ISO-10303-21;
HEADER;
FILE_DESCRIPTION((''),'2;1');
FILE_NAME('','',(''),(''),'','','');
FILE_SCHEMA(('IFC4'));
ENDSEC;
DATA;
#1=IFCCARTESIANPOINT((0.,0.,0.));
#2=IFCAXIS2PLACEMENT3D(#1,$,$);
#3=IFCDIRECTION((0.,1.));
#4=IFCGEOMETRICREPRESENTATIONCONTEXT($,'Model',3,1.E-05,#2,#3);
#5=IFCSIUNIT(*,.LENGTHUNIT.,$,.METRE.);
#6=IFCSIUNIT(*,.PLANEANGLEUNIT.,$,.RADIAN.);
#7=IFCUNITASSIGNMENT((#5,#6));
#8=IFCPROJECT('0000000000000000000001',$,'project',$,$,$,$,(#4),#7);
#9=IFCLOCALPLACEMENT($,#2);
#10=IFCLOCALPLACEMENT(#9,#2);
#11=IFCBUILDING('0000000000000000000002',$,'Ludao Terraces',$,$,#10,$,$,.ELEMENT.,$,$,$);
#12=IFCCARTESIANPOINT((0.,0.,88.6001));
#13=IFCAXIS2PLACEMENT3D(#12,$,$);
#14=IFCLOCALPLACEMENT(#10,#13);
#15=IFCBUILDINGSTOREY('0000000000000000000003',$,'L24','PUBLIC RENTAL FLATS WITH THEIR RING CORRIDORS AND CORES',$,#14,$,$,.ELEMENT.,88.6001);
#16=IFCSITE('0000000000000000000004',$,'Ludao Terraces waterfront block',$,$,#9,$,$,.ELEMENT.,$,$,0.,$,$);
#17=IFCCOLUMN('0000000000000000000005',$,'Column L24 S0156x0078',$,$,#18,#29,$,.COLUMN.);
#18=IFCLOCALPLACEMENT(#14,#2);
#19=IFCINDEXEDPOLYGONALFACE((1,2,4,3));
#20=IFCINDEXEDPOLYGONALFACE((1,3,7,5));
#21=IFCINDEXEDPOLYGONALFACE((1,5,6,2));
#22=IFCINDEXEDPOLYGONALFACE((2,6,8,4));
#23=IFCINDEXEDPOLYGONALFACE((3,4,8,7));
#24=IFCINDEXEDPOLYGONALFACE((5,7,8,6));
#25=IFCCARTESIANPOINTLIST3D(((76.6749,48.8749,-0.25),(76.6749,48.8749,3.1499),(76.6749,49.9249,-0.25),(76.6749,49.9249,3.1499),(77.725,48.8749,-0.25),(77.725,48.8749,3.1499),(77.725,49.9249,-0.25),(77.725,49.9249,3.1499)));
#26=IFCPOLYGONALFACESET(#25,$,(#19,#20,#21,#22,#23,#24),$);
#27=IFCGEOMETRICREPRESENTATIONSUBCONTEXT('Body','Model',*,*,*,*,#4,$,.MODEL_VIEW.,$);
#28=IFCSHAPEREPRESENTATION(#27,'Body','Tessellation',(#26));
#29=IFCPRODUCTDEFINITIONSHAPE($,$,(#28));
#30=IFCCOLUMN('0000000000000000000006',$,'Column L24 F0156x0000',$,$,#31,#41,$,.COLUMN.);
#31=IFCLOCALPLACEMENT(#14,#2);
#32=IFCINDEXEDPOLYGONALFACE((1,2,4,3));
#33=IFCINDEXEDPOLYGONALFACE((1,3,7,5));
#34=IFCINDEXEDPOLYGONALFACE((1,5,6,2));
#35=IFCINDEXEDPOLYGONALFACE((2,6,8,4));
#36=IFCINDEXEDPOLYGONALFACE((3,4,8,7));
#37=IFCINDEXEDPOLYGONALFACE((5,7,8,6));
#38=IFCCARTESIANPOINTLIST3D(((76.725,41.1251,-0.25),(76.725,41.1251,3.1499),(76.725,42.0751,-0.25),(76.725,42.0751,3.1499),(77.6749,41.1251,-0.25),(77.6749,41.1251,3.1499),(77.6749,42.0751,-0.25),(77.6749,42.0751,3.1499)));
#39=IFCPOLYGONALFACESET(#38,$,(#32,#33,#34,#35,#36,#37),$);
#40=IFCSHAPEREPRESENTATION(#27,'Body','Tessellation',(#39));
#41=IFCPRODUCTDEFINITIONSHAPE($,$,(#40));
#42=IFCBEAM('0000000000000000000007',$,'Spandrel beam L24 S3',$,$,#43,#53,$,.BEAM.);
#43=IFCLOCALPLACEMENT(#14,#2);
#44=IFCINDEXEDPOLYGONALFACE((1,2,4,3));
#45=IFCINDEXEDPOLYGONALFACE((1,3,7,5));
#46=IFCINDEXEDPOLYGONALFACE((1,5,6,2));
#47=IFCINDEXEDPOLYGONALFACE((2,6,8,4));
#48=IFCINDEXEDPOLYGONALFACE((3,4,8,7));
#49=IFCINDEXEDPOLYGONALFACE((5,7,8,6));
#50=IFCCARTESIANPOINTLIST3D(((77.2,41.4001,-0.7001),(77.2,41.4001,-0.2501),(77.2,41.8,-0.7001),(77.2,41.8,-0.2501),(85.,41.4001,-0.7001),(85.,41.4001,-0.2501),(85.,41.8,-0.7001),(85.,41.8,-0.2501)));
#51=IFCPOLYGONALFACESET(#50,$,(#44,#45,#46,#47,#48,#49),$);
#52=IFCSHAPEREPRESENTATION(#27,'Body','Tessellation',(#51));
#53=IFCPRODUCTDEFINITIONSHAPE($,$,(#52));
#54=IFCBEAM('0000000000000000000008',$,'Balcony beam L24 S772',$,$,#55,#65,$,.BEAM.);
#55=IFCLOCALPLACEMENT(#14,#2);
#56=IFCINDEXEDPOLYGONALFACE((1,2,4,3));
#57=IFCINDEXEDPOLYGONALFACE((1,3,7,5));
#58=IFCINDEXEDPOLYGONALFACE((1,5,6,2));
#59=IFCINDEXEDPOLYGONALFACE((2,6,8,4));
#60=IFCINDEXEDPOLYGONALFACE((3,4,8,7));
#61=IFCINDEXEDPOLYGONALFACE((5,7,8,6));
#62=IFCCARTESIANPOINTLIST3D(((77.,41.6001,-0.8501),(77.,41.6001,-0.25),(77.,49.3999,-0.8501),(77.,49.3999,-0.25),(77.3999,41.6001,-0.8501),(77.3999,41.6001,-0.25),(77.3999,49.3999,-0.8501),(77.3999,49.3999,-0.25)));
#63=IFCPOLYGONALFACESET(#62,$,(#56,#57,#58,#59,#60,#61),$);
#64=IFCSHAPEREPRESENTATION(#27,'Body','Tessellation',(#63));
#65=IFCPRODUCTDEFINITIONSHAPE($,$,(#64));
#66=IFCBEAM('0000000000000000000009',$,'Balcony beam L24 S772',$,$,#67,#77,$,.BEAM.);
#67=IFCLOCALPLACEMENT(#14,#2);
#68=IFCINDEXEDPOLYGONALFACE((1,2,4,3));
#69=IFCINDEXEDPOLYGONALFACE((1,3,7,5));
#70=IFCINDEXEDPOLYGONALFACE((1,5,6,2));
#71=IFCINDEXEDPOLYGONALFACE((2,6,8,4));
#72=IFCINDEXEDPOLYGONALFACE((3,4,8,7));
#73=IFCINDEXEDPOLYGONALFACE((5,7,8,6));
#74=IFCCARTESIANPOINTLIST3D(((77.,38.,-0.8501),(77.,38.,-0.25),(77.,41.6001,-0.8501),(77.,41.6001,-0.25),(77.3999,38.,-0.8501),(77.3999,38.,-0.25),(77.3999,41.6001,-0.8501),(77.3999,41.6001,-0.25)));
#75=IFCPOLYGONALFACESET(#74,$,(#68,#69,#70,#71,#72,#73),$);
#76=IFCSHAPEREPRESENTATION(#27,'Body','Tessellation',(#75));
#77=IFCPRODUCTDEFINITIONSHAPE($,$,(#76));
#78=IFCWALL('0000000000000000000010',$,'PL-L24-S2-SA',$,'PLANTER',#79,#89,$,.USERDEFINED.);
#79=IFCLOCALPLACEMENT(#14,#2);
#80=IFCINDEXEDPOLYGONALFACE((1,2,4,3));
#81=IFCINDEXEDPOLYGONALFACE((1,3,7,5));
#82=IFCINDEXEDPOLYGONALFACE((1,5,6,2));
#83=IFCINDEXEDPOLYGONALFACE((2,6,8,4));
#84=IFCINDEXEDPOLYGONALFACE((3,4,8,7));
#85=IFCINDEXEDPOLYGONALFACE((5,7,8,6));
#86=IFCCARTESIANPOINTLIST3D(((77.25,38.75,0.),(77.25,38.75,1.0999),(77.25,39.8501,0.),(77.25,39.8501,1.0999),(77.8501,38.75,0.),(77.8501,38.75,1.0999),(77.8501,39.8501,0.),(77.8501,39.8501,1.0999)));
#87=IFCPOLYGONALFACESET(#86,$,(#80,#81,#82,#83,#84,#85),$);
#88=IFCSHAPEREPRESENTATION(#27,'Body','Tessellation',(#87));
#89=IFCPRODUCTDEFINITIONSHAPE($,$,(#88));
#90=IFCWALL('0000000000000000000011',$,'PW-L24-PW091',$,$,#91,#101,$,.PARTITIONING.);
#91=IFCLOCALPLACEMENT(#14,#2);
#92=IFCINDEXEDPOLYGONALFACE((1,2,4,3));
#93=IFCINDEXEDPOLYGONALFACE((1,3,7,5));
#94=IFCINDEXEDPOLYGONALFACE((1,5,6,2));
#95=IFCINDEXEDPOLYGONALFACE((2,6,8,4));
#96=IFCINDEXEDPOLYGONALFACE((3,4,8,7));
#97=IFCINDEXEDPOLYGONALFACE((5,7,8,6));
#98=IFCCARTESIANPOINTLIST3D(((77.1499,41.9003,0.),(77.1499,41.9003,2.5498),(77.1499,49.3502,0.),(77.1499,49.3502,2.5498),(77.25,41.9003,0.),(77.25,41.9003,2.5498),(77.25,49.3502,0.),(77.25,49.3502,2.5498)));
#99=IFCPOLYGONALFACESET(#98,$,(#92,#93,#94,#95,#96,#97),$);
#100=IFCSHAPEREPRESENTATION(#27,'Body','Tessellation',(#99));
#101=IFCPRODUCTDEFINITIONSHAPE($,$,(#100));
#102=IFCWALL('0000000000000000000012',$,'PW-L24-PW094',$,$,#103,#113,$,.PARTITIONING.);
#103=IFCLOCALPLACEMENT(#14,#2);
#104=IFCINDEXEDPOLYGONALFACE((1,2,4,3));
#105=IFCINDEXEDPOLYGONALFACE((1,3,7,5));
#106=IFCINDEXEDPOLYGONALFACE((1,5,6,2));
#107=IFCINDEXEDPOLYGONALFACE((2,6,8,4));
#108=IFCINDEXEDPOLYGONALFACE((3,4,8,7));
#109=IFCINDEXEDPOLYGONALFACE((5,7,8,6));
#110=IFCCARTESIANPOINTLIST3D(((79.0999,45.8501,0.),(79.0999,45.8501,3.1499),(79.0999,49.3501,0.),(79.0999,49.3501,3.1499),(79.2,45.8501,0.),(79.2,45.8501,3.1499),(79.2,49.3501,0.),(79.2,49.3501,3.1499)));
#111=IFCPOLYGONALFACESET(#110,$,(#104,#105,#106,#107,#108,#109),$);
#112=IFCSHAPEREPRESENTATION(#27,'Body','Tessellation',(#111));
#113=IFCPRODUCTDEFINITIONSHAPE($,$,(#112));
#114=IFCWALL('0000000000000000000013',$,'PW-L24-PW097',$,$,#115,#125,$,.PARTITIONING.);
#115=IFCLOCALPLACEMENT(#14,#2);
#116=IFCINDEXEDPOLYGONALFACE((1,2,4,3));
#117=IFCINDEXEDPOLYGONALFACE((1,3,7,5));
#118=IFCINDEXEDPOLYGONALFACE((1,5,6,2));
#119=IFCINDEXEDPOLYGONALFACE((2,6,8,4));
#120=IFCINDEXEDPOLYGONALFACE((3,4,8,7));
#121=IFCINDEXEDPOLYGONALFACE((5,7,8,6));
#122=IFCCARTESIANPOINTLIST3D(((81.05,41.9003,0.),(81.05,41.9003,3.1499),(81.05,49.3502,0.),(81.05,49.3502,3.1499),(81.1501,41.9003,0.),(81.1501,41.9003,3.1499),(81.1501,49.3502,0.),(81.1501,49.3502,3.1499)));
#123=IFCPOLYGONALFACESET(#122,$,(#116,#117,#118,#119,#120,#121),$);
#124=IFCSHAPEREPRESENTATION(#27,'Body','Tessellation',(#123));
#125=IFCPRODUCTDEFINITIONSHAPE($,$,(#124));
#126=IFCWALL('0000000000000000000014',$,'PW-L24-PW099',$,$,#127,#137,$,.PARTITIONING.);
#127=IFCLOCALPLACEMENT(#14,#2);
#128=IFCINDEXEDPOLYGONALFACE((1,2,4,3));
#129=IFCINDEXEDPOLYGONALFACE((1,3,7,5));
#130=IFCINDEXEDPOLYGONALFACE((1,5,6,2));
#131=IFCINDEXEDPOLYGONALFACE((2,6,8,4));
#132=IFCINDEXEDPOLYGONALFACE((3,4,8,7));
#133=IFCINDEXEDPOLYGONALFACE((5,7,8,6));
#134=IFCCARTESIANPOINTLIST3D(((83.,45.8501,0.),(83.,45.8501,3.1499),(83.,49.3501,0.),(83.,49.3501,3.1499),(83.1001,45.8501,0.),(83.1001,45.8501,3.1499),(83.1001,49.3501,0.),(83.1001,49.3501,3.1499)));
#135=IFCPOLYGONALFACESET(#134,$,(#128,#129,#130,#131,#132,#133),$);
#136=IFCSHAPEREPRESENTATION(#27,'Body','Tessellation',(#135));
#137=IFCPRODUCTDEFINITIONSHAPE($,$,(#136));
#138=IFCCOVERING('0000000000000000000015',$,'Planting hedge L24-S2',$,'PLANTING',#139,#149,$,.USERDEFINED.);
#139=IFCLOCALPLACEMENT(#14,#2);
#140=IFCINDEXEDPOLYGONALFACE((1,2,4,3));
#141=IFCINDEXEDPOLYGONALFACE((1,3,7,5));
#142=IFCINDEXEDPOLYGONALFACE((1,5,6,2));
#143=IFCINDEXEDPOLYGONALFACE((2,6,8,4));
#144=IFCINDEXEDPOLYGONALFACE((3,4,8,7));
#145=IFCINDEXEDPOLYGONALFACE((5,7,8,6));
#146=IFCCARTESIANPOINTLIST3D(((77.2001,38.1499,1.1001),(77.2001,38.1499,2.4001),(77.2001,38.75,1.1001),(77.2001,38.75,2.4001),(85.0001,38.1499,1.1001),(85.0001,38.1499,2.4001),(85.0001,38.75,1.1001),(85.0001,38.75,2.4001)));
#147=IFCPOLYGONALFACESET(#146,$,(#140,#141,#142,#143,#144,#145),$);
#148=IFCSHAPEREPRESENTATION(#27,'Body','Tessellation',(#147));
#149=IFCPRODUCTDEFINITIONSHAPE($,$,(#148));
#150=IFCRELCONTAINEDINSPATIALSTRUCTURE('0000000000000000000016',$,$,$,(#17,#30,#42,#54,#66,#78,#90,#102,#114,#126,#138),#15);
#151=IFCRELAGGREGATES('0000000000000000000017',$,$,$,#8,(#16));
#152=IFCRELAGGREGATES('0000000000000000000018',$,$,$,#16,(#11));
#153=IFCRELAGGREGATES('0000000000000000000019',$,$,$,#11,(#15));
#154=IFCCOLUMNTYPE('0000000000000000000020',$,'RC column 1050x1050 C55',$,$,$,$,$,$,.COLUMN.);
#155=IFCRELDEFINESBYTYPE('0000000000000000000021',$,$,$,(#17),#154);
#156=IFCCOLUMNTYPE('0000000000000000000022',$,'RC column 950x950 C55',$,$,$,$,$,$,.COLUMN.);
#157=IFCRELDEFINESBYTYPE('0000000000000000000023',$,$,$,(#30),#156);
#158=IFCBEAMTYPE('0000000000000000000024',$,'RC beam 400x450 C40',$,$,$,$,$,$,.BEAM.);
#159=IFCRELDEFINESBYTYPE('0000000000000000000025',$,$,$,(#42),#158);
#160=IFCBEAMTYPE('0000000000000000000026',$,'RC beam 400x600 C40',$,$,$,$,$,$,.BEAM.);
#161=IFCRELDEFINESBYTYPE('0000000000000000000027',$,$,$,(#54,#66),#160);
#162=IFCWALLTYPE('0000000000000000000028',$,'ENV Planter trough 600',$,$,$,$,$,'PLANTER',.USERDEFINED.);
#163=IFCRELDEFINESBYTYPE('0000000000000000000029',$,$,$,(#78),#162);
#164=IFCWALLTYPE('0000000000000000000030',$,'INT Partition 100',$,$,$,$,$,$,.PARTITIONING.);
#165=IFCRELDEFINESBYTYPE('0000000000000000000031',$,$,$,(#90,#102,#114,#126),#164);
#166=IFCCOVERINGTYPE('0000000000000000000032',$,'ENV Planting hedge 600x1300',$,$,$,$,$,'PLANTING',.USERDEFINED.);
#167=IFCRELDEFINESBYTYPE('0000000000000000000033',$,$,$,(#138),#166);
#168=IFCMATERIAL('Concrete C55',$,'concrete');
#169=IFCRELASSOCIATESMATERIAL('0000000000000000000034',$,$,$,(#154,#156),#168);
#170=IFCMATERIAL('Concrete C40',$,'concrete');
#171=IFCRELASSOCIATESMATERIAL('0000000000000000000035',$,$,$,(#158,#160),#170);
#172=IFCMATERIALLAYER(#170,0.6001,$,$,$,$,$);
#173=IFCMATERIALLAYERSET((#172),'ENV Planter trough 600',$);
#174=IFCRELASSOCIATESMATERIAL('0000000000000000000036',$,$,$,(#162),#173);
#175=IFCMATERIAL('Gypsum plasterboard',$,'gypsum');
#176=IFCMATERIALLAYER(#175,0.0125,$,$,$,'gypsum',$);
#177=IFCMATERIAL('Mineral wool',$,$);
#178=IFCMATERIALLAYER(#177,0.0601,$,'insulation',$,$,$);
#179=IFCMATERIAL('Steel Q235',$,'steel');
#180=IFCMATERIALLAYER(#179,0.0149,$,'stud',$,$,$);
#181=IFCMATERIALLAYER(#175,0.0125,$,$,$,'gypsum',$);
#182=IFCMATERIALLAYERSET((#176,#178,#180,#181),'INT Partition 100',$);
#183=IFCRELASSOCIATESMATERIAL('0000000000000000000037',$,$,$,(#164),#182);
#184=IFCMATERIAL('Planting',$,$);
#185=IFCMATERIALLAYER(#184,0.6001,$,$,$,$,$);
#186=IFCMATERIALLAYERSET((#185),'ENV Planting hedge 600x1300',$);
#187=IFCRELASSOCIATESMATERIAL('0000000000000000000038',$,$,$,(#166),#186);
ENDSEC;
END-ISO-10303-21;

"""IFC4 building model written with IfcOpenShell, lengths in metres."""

from ifc_helpers import new_model, si_unit, direction, frame, frame_2d, origin, origin_2d, place, context, subcontext, project, spatial, rectangle, extrude, material, layer, layer_set, material_profile, profile_set, type_object, element, save


model = new_model("IFC4")

# Units and contexts
model_context = context("Model", 3, precision=1e-05, world=origin(), true_north=direction((0.0, 1.0)))
body_context = subcontext(model_context, "Body", "Model", "MODEL_VIEW")
ifc_project = project(units=[si_unit("LENGTHUNIT", "METRE"), si_unit("PLANEANGLEUNIT", "RADIAN")], contexts=[model_context])

# Site, building, storey
site_placement = place(None, origin())
site = spatial("IfcSite", under=ifc_project, at=site_placement, Name="Ludao Terraces waterfront block", CompositionType="ELEMENT", RefElevation=0.0)
building_placement = place(site_placement, origin())
building = spatial("IfcBuilding", under=site, at=building_placement, Name="Ludao Terraces", CompositionType="ELEMENT")
storey_placement = place(building_placement, frame((0.0, 0.0, 88.6001)))
storey = spatial("IfcBuildingStorey", under=building, at=storey_placement, Name="L24", Description="PUBLIC RENTAL FLATS WITH THEIR RING CORRIDORS AND CORES", CompositionType="ELEMENT", Elevation=88.6001)

# Columns
ifc_material_1 = material(Name="Concrete C55", Category="concrete")
ifc_material_profile_1 = material_profile(ifc_material_1, rectangle(XDim=1.05, YDim=1.05, at=origin_2d()), Name="1050 X 1050")
ifc_profile_set_1 = profile_set([ifc_material_profile_1], Name="Concrete C55")
column_type_1 = type_object("IfcColumnType", Name="RC column 1050x1050 C55", PredefinedType="COLUMN", material=ifc_profile_set_1)
column_1_placement = place(storey_placement, frame((77.2, 49.3999, -0.25), z_axis=(0.0, 0.0, 1.0), x_axis=(1.0, 0.0, 0.0)))
element("IfcColumn", 1, at=column_1_placement, inside=storey, type_object=column_type_1, Name="Column L24 S0156x0078", PredefinedType="COLUMN", context=body_context, shape_type="SweptSolid", body=[
    extrude(rectangle(XDim=1.05, YDim=1.05, at=origin_2d()), origin(), (0.0, 0.0, 1.0), 3.3999),
])
ifc_material_profile_2 = material_profile(ifc_material_1, rectangle(XDim=0.95, YDim=0.95, at=origin_2d()), Name="950 X 950")
ifc_profile_set_2 = profile_set([ifc_material_profile_2], Name="Concrete C55")
column_type_2 = type_object("IfcColumnType", Name="RC column 950x950 C55", PredefinedType="COLUMN", material=ifc_profile_set_2)
column_2_placement = place(storey_placement, frame((77.2, 41.6001, -0.25), z_axis=(0.0, 0.0, 1.0), x_axis=(1.0, 0.0, 0.0)))
element("IfcColumn", 2, at=column_2_placement, inside=storey, type_object=column_type_2, Name="Column L24 F0156x0000", PredefinedType="COLUMN", context=body_context, shape_type="SweptSolid", body=[
    extrude(rectangle(XDim=0.95, YDim=0.95, at=origin_2d()), origin(), (0.0, 0.0, 1.0), 3.3999),
])

# Beams
ifc_material_2 = material(Name="Concrete C40", Category="concrete")
ifc_material_profile_3 = material_profile(ifc_material_2, rectangle(XDim=0.3999, YDim=0.45, at=origin_2d()), Name="400 X 450")
ifc_profile_set_3 = profile_set([ifc_material_profile_3], Name="Concrete C40")
beam_type_1 = type_object("IfcBeamType", Name="RC beam 400x450 C40", PredefinedType="BEAM", material=ifc_profile_set_3)
beam_1_placement = place(storey_placement, frame((77.2, 41.6001, -0.4751), z_axis=(1.0, 0.0, 0.0), x_axis=(0.0, 1.0, 0.0)))
element("IfcBeam", 3, at=beam_1_placement, inside=storey, type_object=beam_type_1, Name="Spandrel beam L24 S3", PredefinedType="BEAM", context=body_context, shape_type="SweptSolid", body=[
    extrude(rectangle(XDim=0.3999, YDim=0.45, at=origin_2d()), origin(), (0.0, 0.0, 1.0), 7.8),
])
ifc_material_profile_4 = material_profile(ifc_material_2, rectangle(XDim=0.3999, YDim=0.6001, at=origin_2d()), Name="400 X 600")
ifc_profile_set_4 = profile_set([ifc_material_profile_4], Name="Concrete C40")
beam_type_2 = type_object("IfcBeamType", Name="RC beam 400x600 C40", PredefinedType="BEAM", material=ifc_profile_set_4)
beam_2_placement = place(storey_placement, frame((77.2, 49.3999, -0.55), z_axis=(0.0, -1.0, 0.0), x_axis=(1.0, 0.0, 0.0)))
element("IfcBeam", 4, at=beam_2_placement, inside=storey, type_object=beam_type_2, Name="Balcony beam L24 S772", PredefinedType="BEAM", context=body_context, shape_type="SweptSolid", body=[
    extrude(rectangle(XDim=0.3999, YDim=0.6001, at=origin_2d()), origin(), (0.0, 0.0, 1.0), 7.7998),
])
beam_3_placement = place(storey_placement, frame((77.2, 41.6001, -0.55), z_axis=(0.0, -1.0, 0.0), x_axis=(1.0, 0.0, 0.0)))
element("IfcBeam", 5, at=beam_3_placement, inside=storey, type_object=beam_type_2, Name="Balcony beam L24 S772", PredefinedType="BEAM", context=body_context, shape_type="SweptSolid", body=[
    extrude(rectangle(XDim=0.3999, YDim=0.6001, at=origin_2d()), origin(), (0.0, 0.0, 1.0), 3.6001),
])

# Wall
ifc_layer_1 = layer(ifc_material_2, 0.6001)
ifc_layer_set_1 = layer_set([ifc_layer_1], Name="ENV Planter trough 600")
wall_type_1 = type_object("IfcWallType", Name="ENV Planter trough 600", ElementType="PLANTER", PredefinedType="USERDEFINED", material=ifc_layer_set_1)
wall_1_placement = place(storey_placement, frame((77.55, 38.75, 0.0), z_axis=(0.0, 0.0, 1.0), x_axis=(0.0, 1.0, 0.0)))
element("IfcWall", 6, at=wall_1_placement, inside=storey, type_object=wall_type_1, Name="PL-L24-S2-SA", ObjectType="PLANTER", PredefinedType="USERDEFINED", context=body_context, shape_type="SweptSolid", body=[
    extrude(rectangle(XDim=1.1001, YDim=0.6001, at=frame_2d((0.55, 0.0))), origin(), (0.0, 0.0, 1.0), 1.0999),
])

# Shared definitions
ifc_material_3 = material(Name="Mineral wool")

# Walls
ifc_material_4 = material(Name="Gypsum plasterboard", Category="gypsum")
ifc_layer_2 = layer(ifc_material_4, 0.0125, Category="gypsum")
ifc_layer_3 = layer(ifc_material_3, 0.0601, Name="insulation")
ifc_material_5 = material(Name="Steel Q235", Category="steel")
ifc_layer_4 = layer(ifc_material_5, 0.0149, Name="stud")
ifc_layer_5 = layer(ifc_material_4, 0.0125, Category="gypsum")
ifc_layer_set_2 = layer_set([ifc_layer_2, ifc_layer_3, ifc_layer_4, ifc_layer_5], Name="INT Partition 100")
wall_type_2 = type_object("IfcWallType", Name="INT Partition 100", PredefinedType="PARTITIONING", material=ifc_layer_set_2)
wall_2_placement = place(storey_placement, frame((77.2, 41.9001, 0.0), z_axis=(0.0, 0.0, 1.0), x_axis=(0.0, 1.0, 0.0)))
element("IfcWall", 7, at=wall_2_placement, inside=storey, type_object=wall_type_2, Name="PW-L24-PW091", PredefinedType="PARTITIONING", context=body_context, shape_type="SweptSolid", body=[
    extrude(rectangle(XDim=7.45, YDim=0.1001, at=frame_2d((3.7251, 0.0))), origin(), (0.0, 0.0, 1.0), 2.5498),
])
wall_3_placement = place(storey_placement, frame((79.1499, 45.8501, 0.0), z_axis=(0.0, 0.0, 1.0), x_axis=(0.0, 1.0, 0.0)))
element("IfcWall", 8, at=wall_3_placement, inside=storey, type_object=wall_type_2, Name="PW-L24-PW094", PredefinedType="PARTITIONING", context=body_context, shape_type="SweptSolid", body=[
    extrude(rectangle(XDim=3.5, YDim=0.1001, at=frame_2d((1.75, 0.0))), origin(), (0.0, 0.0, 1.0), 3.1499),
])
wall_4_placement = place(storey_placement, frame((81.1001, 41.9001, 0.0), z_axis=(0.0, 0.0, 1.0), x_axis=(0.0, 1.0, 0.0)))
element("IfcWall", 9, at=wall_4_placement, inside=storey, type_object=wall_type_2, Name="PW-L24-PW097", PredefinedType="PARTITIONING", context=body_context, shape_type="SweptSolid", body=[
    extrude(rectangle(XDim=7.45, YDim=0.1001, at=frame_2d((3.7251, 0.0))), origin(), (0.0, 0.0, 1.0), 3.1499),
])
wall_5_placement = place(storey_placement, frame((83.05, 45.8501, 0.0), z_axis=(0.0, 0.0, 1.0), x_axis=(0.0, 1.0, 0.0)))
element("IfcWall", 10, at=wall_5_placement, inside=storey, type_object=wall_type_2, Name="PW-L24-PW099", PredefinedType="PARTITIONING", context=body_context, shape_type="SweptSolid", body=[
    extrude(rectangle(XDim=3.5, YDim=0.1001, at=frame_2d((1.75, 0.0))), origin(), (0.0, 0.0, 1.0), 3.1499),
])

# Covering
ifc_material_6 = material(Name="Planting")
ifc_layer_6 = layer(ifc_material_6, 0.6001)
ifc_layer_set_3 = layer_set([ifc_layer_6], Name="ENV Planting hedge 600x1300")
covering_type = type_object("IfcCoveringType", Name="ENV Planting hedge 600x1300", ElementType="PLANTING", PredefinedType="USERDEFINED", material=ifc_layer_set_3)
covering_placement = place(storey_placement, frame((81.1001, 38.45, 1.1001), z_axis=(0.0, 0.0, 1.0), x_axis=(1.0, 0.0, 0.0)))
element("IfcCovering", 11, at=covering_placement, inside=storey, type_object=covering_type, Name="Planting hedge L24-S2", ObjectType="PLANTING", PredefinedType="USERDEFINED", context=body_context, shape_type="SweptSolid", body=[
    extrude(rectangle(XDim=7.8, YDim=0.6001, at=origin_2d()), origin(), (0.0, 0.0, 1.0), 1.3),
])

save(model, "model.ifc")
